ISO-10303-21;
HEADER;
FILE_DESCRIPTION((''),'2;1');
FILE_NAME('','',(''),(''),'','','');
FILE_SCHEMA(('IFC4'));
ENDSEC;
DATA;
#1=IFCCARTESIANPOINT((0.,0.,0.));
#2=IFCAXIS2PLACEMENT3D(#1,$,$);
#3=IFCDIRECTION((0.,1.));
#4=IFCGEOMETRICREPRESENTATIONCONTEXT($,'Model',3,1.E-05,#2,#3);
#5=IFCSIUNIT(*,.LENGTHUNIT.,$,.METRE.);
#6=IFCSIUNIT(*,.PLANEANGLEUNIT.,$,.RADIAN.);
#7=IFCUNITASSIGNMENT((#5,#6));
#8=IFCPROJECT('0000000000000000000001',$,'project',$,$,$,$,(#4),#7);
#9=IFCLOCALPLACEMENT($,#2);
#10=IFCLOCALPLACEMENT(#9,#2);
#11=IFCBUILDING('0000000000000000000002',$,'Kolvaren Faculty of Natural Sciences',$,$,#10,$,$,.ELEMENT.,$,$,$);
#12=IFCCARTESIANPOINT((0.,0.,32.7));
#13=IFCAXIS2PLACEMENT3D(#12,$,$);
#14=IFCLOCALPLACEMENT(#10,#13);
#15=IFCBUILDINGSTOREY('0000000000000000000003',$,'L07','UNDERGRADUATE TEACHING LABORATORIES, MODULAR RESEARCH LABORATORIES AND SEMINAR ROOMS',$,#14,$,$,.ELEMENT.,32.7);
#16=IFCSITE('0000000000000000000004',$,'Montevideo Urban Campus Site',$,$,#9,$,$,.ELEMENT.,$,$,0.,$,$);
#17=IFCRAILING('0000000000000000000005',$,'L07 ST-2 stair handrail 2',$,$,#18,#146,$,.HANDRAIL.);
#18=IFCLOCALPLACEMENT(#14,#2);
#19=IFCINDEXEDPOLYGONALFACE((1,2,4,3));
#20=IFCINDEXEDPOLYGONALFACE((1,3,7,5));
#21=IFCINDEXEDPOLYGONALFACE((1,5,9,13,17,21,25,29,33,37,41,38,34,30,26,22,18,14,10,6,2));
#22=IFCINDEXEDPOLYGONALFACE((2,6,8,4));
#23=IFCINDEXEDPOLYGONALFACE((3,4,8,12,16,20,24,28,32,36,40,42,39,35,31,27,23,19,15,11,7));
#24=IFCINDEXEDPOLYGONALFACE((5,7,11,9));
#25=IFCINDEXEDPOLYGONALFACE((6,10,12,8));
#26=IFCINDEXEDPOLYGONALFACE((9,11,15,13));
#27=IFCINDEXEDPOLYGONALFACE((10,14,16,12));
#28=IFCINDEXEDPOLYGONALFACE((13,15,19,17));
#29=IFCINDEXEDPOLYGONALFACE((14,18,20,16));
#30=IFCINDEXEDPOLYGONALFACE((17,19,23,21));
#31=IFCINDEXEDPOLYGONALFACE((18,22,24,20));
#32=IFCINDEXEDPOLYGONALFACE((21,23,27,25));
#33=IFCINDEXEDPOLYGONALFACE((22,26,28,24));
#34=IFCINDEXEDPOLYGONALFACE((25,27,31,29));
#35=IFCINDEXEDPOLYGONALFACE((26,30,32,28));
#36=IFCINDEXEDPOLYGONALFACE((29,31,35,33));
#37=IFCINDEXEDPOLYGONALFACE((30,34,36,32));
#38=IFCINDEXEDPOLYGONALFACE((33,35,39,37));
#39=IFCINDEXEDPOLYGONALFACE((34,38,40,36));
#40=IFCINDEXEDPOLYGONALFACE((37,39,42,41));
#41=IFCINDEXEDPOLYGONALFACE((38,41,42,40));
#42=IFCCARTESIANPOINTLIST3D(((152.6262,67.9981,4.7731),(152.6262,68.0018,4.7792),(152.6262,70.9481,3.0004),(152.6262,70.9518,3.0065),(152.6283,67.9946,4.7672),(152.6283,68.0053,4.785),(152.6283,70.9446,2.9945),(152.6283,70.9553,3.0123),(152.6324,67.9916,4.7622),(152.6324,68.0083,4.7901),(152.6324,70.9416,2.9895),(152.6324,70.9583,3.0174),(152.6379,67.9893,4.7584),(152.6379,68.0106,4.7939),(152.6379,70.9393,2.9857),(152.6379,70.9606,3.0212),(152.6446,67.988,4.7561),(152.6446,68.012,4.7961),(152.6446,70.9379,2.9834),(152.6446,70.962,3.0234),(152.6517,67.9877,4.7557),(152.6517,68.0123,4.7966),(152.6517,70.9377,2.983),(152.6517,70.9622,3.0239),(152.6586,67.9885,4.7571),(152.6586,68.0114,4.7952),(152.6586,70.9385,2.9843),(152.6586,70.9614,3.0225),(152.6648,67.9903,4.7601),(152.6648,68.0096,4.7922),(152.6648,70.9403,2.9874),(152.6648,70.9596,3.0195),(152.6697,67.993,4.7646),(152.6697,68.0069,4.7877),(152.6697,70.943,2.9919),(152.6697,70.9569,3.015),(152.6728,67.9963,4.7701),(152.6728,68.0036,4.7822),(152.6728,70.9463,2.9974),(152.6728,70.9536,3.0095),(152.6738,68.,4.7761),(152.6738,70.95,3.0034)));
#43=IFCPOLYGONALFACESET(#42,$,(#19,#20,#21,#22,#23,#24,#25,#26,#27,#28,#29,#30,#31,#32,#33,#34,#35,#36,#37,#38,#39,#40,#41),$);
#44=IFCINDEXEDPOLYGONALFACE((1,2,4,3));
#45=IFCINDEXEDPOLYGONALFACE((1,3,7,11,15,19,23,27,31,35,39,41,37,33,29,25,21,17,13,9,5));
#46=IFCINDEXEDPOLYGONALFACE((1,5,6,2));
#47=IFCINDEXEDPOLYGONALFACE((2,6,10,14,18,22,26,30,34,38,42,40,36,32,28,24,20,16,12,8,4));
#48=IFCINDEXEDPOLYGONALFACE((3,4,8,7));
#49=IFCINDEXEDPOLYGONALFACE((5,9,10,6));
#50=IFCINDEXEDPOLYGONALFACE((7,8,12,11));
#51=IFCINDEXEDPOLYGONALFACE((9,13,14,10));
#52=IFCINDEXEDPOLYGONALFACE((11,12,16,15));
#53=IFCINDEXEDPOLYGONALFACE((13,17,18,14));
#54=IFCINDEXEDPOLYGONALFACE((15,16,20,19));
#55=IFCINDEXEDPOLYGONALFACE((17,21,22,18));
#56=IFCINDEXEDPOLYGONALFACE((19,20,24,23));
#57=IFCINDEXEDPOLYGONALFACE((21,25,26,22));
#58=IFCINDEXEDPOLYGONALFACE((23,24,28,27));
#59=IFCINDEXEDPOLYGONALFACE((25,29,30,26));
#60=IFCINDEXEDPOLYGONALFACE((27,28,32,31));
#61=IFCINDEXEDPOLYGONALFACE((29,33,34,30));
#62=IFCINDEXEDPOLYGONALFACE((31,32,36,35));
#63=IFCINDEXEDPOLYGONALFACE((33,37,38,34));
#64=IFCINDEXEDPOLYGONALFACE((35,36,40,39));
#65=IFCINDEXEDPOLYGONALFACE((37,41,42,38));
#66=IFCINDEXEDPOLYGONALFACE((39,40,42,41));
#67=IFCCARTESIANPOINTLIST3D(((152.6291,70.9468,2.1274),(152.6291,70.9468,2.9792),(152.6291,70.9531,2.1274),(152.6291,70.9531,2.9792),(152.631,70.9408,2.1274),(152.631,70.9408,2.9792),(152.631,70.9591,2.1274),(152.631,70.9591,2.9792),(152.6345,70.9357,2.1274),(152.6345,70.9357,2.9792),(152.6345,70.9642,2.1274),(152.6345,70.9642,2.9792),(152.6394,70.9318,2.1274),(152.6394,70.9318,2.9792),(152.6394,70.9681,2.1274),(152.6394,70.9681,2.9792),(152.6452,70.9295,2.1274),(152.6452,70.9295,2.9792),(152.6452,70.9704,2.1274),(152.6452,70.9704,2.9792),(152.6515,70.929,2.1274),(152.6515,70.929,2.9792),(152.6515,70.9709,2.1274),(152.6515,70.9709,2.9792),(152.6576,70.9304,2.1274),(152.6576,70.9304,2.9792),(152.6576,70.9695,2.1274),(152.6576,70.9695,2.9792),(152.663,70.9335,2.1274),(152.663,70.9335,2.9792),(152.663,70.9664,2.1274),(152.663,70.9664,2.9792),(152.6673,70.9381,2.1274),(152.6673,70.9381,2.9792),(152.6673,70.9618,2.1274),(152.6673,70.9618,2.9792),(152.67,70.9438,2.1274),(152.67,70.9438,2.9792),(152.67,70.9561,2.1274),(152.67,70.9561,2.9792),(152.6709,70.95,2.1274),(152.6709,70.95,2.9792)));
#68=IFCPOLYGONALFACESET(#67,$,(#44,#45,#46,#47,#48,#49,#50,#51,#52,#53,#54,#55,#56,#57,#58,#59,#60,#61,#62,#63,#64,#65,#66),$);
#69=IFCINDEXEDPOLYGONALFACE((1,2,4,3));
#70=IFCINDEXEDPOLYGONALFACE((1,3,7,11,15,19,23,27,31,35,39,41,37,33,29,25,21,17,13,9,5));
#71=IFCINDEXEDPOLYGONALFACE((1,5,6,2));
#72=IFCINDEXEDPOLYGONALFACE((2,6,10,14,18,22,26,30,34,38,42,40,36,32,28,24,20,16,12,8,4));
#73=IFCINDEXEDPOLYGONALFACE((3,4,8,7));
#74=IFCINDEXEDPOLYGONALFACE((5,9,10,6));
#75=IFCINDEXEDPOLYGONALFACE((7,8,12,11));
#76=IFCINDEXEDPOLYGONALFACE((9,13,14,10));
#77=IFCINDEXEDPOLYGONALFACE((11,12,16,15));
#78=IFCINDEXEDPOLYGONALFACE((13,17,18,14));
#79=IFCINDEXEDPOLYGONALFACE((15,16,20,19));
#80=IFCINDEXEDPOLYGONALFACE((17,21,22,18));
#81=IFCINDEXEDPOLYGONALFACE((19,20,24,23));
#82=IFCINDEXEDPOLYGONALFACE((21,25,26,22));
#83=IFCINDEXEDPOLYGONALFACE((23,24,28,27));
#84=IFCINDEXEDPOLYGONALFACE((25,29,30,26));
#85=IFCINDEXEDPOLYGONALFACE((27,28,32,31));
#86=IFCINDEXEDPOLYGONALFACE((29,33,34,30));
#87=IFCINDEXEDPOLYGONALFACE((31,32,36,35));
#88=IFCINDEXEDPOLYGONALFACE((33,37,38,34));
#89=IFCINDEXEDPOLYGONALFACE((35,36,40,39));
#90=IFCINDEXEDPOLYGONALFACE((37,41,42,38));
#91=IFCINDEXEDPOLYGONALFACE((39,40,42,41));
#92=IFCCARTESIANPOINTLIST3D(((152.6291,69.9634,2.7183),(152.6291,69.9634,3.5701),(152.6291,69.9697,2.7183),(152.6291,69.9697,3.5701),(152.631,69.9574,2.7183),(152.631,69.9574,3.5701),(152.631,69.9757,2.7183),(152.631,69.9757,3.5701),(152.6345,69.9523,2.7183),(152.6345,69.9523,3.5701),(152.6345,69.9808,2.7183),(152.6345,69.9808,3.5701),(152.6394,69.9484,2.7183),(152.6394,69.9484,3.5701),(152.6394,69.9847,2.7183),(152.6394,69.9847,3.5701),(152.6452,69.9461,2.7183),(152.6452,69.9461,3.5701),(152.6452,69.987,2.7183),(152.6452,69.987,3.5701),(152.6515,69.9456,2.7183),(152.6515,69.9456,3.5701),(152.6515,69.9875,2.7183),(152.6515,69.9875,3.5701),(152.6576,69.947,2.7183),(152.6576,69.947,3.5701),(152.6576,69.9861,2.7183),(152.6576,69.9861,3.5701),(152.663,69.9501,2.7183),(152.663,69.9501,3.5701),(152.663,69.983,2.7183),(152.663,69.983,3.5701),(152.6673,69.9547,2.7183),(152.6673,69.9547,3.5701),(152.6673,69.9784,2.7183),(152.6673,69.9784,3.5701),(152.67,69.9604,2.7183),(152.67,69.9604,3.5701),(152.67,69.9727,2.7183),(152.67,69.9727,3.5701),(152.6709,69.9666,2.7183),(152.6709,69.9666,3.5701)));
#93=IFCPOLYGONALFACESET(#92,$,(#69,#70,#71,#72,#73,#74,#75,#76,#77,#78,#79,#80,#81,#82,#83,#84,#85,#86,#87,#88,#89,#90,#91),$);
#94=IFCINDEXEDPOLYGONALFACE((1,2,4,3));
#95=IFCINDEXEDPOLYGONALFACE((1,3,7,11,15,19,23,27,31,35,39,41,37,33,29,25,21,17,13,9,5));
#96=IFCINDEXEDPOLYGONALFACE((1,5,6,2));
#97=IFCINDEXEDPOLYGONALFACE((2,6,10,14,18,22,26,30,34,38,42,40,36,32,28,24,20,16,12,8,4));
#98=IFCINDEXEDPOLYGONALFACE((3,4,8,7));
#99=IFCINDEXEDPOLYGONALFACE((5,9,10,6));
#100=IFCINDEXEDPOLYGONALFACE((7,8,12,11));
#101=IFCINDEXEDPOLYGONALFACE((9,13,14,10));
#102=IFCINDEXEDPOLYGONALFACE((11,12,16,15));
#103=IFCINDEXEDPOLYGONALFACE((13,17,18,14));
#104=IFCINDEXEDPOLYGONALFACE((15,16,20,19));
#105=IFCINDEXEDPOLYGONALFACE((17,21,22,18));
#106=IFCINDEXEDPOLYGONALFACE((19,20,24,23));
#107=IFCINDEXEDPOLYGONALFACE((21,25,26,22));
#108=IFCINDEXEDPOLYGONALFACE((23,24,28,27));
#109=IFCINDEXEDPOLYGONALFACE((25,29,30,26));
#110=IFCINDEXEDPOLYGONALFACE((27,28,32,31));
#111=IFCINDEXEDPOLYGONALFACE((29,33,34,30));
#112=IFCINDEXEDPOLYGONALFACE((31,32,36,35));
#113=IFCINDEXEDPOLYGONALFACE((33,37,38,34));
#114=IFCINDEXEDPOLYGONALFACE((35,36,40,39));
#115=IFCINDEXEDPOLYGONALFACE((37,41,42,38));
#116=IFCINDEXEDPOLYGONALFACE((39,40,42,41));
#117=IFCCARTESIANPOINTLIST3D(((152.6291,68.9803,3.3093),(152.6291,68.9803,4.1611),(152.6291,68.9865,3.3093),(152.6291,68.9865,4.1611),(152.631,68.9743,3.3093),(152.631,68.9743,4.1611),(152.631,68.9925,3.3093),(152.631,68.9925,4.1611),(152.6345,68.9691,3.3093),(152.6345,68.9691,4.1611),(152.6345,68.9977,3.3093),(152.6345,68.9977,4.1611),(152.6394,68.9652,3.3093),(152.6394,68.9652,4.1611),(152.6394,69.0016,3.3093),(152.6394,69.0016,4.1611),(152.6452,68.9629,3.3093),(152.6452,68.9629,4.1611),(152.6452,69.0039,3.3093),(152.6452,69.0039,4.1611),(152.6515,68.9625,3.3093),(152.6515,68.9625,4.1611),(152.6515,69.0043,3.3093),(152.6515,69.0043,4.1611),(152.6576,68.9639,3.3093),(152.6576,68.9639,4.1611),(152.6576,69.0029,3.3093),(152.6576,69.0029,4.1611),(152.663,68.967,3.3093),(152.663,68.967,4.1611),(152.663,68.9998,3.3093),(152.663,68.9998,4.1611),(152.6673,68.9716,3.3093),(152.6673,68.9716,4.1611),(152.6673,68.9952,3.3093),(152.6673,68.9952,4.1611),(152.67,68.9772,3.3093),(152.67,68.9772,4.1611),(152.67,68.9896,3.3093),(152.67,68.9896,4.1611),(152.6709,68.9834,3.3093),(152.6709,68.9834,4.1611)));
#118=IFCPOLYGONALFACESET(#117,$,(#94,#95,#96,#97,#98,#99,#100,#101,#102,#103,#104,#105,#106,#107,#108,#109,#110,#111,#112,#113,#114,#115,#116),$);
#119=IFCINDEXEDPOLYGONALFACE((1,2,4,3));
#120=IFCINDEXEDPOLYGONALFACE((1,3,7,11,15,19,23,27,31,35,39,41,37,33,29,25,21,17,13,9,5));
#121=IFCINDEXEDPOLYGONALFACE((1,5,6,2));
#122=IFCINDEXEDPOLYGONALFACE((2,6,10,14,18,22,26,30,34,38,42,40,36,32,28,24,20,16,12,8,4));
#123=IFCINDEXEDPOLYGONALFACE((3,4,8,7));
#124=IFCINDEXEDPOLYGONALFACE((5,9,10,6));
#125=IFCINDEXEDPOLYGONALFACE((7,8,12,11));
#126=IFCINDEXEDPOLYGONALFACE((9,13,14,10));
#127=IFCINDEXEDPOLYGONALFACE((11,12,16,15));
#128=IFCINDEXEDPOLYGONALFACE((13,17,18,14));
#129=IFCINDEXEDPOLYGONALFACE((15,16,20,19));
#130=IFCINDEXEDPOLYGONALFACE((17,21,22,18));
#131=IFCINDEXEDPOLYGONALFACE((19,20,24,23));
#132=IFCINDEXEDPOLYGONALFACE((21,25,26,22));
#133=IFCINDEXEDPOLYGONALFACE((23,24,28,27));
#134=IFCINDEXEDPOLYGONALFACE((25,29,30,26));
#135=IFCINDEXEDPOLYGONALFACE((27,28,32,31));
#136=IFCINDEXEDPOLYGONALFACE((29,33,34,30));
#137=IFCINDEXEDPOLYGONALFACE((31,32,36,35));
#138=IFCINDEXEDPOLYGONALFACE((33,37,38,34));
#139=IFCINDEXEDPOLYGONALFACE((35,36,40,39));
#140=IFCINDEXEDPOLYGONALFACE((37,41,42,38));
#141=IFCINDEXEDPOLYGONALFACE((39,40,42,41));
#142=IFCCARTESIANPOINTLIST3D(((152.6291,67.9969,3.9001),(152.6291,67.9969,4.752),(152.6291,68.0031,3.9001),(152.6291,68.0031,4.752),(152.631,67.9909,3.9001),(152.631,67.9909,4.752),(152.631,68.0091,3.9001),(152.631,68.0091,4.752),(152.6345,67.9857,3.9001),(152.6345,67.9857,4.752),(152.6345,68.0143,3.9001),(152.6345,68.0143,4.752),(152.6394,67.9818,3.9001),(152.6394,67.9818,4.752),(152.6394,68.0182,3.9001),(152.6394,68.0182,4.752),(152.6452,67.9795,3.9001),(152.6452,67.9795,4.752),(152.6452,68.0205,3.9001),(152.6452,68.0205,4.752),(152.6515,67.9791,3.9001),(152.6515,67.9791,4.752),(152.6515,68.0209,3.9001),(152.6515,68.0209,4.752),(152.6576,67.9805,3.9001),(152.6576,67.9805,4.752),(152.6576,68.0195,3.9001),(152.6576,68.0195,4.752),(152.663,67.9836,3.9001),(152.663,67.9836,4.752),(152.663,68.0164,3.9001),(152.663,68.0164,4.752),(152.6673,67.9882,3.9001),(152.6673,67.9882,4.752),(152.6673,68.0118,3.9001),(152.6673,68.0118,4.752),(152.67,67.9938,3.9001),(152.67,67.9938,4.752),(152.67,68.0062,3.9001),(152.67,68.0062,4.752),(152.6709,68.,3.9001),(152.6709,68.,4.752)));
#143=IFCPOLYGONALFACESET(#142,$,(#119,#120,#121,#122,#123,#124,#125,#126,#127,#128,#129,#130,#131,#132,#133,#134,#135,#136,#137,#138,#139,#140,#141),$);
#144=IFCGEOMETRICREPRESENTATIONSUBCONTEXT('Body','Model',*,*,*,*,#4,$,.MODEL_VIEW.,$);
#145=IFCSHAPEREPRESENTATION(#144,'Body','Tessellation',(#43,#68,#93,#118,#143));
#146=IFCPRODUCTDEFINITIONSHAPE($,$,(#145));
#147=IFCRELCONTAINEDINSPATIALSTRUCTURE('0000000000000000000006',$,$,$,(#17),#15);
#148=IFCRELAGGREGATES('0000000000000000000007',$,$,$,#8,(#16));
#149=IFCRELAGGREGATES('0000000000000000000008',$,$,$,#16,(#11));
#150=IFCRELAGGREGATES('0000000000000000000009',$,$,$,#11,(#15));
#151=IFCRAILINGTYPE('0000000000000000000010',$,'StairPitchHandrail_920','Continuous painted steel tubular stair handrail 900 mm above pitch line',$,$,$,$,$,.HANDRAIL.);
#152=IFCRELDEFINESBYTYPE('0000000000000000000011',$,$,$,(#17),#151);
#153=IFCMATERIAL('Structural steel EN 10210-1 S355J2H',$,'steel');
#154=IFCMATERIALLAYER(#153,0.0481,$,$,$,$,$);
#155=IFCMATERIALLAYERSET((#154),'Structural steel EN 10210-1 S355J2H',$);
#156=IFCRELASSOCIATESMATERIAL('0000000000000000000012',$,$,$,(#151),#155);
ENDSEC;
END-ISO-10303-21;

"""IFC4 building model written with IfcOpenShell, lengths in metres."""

from ifc_helpers import new_model, si_unit, direction, frame, origin, origin_2d, place, context, subcontext, project, spatial, circle, extrude, material, layer, layer_set, type_object, element, save


model = new_model("IFC4")

# Units and contexts
model_context = context("Model", 3, precision=1e-05, world=origin(), true_north=direction((0.0, 1.0)))
body_context = subcontext(model_context, "Body", "Model", "MODEL_VIEW")
ifc_project = project(units=[si_unit("LENGTHUNIT", "METRE"), si_unit("PLANEANGLEUNIT", "RADIAN")], contexts=[model_context])

# Site, building, storey
site_placement = place(None, origin())
site = spatial("IfcSite", under=ifc_project, at=site_placement, Name="Montevideo Urban Campus Site", CompositionType="ELEMENT", RefElevation=0.0)
building_placement = place(site_placement, origin())
building = spatial("IfcBuilding", under=site, at=building_placement, Name="Kolvaren Faculty of Natural Sciences", CompositionType="ELEMENT")
storey_placement = place(building_placement, frame((0.0, 0.0, 32.7)))
storey = spatial("IfcBuildingStorey", under=building, at=storey_placement, Name="L07", Description="UNDERGRADUATE TEACHING LABORATORIES, MODULAR RESEARCH LABORATORIES AND SEMINAR ROOMS", CompositionType="ELEMENT", Elevation=32.7)

# Railing
ifc_material_1 = material(Name="Structural steel EN 10210-1 S355J2H", Category="steel")
ifc_layer_1 = layer(ifc_material_1, 0.0481)
ifc_layer_set_1 = layer_set([ifc_layer_1], Name="Structural steel EN 10210-1 S355J2H")
railing_type_1 = type_object("IfcRailingType", Name="StairPitchHandrail_920", Description="Continuous painted steel tubular stair handrail 900 mm above pitch line", PredefinedType="HANDRAIL", material=ifc_layer_set_1)
railing_1_placement = place(storey_placement, frame((152.6499, 70.95, 2.1274)))
element("IfcRailing", 1, at=railing_1_placement, inside=storey, type_object=railing_type_1, Name="L07 ST-2 stair handrail 2", PredefinedType="HANDRAIL", context=body_context, shape_type="SweptSolid", body=[
    extrude(circle(Radius=0.0239, at=origin_2d()), frame((0.0, 0.0, 0.876), z_axis=(0.0, -0.857142, 0.51508), x_axis=(1.0, 0.0, 0.0)), (0.0, 0.0, 1.0), 3.4417),
    extrude(circle(Radius=0.021, at=origin_2d()), origin(), (0.0, 0.0, 1.0), 0.8518),
    extrude(circle(Radius=0.021, at=origin_2d()), frame((0.0, -0.9834, 0.5908)), (0.0, 0.0, 1.0), 0.8518),
    extrude(circle(Radius=0.021, at=origin_2d()), frame((0.0, -1.9666, 1.1819)), (0.0, 0.0, 1.0), 0.8518),
    extrude(circle(Radius=0.021, at=origin_2d()), frame((0.0, -2.95, 1.7727)), (0.0, 0.0, 1.0), 0.8518),
])

save(model, "model.ifc")
